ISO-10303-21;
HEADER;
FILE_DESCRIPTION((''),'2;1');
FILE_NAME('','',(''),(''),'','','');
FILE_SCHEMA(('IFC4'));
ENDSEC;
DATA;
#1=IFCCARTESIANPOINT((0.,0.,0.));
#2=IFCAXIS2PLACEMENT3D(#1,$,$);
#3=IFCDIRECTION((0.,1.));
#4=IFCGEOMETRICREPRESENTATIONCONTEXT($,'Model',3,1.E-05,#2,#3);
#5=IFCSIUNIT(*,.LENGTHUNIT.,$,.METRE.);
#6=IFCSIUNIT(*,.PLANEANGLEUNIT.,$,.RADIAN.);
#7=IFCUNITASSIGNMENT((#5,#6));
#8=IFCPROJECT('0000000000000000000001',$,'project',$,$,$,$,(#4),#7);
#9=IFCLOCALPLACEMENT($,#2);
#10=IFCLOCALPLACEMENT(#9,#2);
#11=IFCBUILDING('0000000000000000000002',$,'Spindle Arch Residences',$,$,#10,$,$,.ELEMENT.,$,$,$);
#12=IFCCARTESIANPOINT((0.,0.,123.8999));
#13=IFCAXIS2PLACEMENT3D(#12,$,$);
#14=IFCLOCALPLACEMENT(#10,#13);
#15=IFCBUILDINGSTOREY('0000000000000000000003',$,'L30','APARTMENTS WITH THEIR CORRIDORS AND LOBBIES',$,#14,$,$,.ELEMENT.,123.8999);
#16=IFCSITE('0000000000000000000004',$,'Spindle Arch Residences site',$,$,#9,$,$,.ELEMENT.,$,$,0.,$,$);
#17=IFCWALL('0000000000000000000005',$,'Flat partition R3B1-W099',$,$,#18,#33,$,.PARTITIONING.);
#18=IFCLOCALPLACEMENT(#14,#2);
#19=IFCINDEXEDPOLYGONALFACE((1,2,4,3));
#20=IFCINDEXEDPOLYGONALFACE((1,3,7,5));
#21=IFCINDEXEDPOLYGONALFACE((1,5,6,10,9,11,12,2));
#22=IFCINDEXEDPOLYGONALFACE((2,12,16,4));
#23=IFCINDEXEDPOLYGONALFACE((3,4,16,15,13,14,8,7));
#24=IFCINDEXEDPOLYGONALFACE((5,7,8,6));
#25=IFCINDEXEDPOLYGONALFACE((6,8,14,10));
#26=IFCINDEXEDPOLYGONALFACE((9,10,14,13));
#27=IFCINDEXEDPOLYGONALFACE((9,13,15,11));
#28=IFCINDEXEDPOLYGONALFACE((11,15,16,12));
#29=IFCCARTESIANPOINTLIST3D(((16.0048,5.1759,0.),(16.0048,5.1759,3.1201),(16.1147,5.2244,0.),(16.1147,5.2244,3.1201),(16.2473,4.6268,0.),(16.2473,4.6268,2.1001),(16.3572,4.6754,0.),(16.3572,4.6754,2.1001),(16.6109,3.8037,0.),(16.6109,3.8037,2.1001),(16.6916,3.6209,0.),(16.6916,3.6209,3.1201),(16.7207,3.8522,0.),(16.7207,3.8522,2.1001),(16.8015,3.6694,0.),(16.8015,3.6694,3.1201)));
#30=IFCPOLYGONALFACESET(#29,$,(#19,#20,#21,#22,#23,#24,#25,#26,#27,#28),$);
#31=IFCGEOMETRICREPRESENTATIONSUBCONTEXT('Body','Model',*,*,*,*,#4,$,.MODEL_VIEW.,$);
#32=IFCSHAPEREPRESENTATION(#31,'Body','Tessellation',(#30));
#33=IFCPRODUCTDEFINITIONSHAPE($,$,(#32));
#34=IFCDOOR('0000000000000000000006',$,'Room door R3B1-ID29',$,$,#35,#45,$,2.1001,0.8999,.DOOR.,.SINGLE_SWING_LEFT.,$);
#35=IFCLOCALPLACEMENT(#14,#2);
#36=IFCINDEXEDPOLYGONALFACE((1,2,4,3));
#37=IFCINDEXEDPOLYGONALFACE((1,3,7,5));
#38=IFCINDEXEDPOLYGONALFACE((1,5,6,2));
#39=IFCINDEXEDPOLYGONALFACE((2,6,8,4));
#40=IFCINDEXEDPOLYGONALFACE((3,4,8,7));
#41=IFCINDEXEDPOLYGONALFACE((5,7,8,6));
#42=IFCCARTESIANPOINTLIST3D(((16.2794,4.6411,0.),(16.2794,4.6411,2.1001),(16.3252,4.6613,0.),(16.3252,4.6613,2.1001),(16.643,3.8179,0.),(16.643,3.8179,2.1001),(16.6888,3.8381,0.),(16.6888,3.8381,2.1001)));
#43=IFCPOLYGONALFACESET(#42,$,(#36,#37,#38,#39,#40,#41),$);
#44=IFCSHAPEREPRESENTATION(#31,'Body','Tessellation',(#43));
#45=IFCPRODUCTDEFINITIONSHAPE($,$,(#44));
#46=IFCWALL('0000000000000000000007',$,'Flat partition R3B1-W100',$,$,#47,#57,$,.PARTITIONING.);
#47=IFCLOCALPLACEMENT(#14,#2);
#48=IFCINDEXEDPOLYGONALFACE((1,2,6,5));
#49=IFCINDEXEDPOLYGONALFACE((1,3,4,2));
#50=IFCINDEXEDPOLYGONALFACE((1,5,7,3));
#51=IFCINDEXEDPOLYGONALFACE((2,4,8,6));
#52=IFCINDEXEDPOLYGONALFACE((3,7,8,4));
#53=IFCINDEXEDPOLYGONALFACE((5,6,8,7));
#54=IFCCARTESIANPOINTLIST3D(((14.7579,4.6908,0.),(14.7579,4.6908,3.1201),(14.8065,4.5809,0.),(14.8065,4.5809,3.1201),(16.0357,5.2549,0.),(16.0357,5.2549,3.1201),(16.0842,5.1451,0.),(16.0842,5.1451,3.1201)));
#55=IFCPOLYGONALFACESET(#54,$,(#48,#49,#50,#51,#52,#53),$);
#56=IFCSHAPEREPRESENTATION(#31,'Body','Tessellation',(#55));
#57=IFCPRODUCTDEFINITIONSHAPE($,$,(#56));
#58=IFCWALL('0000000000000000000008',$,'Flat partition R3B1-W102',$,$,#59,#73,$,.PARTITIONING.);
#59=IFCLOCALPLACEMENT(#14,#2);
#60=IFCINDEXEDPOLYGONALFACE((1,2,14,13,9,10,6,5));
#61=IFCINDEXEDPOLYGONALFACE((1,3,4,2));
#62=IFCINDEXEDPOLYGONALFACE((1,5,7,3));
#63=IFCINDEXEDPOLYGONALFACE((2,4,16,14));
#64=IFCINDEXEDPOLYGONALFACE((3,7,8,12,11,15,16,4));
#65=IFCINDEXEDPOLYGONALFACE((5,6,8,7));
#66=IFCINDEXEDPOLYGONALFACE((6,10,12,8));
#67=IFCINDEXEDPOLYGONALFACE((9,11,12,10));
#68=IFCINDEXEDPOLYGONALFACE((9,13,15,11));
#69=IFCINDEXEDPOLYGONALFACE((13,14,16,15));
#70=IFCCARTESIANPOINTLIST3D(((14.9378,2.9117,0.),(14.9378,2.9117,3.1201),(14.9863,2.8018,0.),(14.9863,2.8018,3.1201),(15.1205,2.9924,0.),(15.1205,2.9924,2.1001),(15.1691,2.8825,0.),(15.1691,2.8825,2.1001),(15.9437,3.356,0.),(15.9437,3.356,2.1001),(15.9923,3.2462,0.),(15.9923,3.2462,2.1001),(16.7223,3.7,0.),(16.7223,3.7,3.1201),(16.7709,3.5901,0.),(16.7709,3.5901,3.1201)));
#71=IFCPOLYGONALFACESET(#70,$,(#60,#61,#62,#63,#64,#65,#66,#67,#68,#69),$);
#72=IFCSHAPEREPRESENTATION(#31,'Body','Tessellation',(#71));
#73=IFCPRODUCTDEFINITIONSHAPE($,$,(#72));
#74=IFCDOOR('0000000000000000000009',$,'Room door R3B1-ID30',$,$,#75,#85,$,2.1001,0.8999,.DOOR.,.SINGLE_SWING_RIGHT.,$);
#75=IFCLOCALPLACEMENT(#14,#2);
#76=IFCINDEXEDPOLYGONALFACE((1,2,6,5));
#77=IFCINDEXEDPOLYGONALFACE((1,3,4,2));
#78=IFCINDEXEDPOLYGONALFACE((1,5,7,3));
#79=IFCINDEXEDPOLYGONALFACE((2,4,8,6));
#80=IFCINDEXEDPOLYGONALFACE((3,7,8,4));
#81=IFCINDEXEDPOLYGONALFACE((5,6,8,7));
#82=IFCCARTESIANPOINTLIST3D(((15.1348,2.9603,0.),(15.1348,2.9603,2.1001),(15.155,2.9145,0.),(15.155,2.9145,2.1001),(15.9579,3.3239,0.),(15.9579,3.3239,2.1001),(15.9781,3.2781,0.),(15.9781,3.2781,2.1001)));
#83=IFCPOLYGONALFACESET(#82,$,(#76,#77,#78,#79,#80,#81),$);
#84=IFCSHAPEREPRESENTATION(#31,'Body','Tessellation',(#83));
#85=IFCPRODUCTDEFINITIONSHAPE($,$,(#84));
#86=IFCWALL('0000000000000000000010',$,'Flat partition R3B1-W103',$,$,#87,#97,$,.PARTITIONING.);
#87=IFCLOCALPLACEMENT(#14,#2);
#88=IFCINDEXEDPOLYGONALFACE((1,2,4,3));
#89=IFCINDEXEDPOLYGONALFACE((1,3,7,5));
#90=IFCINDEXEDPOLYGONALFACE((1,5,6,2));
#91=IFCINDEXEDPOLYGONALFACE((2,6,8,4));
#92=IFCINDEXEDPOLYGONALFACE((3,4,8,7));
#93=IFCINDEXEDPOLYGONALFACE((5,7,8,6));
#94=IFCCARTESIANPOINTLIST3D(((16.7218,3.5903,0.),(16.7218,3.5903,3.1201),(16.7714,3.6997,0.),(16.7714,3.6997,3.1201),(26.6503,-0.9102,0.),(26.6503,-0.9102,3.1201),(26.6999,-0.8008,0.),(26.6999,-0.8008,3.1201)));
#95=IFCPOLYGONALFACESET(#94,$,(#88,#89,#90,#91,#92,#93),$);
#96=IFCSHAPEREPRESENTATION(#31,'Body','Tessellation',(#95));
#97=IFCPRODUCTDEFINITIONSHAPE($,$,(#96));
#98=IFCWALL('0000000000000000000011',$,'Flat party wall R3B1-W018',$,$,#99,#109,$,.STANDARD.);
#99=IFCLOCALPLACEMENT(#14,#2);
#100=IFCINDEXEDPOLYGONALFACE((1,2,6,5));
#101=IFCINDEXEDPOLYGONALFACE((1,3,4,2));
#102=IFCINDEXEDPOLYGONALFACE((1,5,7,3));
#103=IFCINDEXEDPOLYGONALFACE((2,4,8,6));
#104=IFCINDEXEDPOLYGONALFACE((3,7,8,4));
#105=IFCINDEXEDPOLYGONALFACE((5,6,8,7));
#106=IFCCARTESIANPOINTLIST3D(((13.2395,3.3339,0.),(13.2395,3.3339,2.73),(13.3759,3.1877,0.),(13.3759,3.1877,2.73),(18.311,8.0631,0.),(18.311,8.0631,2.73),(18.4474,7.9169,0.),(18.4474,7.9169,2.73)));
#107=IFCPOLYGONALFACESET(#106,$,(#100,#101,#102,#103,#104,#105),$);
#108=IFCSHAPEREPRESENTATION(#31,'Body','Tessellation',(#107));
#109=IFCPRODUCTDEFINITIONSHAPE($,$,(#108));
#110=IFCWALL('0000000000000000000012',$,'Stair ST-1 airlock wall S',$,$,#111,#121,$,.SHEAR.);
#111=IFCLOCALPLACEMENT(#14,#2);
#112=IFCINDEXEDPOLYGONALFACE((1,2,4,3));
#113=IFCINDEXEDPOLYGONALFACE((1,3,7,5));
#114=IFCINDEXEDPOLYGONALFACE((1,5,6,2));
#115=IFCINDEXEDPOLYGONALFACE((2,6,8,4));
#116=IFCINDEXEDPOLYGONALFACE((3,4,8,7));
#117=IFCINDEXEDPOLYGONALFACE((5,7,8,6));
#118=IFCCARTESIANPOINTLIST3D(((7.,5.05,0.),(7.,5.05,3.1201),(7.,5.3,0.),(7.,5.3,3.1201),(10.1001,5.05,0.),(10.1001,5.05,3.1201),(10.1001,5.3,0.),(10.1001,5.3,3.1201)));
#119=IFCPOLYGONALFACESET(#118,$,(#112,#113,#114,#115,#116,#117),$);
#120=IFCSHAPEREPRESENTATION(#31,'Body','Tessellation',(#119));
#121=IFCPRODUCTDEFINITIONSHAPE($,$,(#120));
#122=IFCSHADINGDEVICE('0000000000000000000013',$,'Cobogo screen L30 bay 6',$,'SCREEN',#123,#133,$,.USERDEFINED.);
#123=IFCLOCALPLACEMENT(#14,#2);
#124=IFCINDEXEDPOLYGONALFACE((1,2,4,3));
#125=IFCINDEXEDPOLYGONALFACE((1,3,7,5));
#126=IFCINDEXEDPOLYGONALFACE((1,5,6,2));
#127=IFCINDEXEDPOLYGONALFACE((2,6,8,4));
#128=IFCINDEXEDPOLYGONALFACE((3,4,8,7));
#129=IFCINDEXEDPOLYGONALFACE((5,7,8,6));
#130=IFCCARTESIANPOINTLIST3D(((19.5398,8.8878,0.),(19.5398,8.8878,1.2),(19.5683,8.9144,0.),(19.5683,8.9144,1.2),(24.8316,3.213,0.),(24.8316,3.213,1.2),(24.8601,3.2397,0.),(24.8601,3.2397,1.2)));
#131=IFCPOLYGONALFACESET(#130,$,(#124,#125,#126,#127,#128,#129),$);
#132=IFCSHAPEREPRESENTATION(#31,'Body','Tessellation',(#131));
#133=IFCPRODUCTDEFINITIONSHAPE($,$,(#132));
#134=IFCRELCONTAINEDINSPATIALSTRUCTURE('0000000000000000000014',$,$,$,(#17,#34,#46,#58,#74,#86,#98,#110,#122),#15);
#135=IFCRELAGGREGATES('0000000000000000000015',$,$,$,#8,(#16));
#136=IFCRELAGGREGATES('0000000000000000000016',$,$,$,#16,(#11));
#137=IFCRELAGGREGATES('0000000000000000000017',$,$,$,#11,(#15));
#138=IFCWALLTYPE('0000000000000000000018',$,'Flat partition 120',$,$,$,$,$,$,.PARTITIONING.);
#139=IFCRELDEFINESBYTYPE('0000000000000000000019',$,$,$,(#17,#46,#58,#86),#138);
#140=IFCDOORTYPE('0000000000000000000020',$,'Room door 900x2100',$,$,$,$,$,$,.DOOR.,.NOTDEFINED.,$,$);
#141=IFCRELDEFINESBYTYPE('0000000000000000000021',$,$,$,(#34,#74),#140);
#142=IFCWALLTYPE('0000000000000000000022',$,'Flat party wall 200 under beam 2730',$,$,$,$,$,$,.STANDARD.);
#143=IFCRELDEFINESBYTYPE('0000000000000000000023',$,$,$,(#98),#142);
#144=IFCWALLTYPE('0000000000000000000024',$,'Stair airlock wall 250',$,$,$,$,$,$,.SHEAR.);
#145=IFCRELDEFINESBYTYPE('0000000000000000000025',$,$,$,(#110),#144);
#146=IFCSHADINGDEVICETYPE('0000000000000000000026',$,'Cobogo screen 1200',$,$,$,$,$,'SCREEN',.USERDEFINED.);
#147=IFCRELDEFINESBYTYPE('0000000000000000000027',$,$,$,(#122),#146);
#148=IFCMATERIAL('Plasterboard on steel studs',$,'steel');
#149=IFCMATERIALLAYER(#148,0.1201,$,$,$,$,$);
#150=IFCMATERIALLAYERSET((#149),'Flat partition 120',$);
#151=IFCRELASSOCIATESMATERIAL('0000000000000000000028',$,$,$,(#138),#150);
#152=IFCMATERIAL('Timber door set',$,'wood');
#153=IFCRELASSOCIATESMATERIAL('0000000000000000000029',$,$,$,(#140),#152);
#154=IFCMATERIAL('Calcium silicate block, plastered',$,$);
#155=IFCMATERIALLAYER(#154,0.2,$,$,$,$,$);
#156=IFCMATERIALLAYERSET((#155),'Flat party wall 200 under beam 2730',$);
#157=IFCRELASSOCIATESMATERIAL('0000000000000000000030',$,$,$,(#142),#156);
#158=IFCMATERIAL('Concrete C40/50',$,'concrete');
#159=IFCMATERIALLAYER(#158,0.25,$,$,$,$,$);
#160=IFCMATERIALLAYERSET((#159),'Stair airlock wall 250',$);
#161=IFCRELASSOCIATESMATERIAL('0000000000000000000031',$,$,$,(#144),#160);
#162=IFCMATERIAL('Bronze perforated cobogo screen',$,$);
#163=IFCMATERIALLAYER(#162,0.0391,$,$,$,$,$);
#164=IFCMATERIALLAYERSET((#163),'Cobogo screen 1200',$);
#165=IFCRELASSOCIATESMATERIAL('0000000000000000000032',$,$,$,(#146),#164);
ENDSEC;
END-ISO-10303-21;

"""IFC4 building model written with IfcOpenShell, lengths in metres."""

from ifc_helpers import new_model, si_unit, direction, frame, frame_2d, origin, origin_2d, place, context, subcontext, project, spatial, rectangle, extrude, material, layer, layer_set, type_object, element, fill, save


model = new_model("IFC4")

# Units and contexts
model_context = context("Model", 3, precision=1e-05, world=origin(), true_north=direction((0.0, 1.0)))
body_context = subcontext(model_context, "Body", "Model", "MODEL_VIEW")
ifc_project = project(units=[si_unit("LENGTHUNIT", "METRE"), si_unit("PLANEANGLEUNIT", "RADIAN")], contexts=[model_context])

# Site, building, storey
site_placement = place(None, origin())
site = spatial("IfcSite", under=ifc_project, at=site_placement, Name="Spindle Arch Residences site", CompositionType="ELEMENT", RefElevation=0.0)
building_placement = place(site_placement, origin())
building = spatial("IfcBuilding", under=site, at=building_placement, Name="Spindle Arch Residences", CompositionType="ELEMENT")
storey_placement = place(building_placement, frame((0.0, 0.0, 123.8999)))
storey = spatial("IfcBuildingStorey", under=building, at=storey_placement, Name="L30", Description="APARTMENTS WITH THEIR CORRIDORS AND LOBBIES", CompositionType="ELEMENT", Elevation=123.8999)

# Shared definitions
ifc_material_1 = material(Name="Plasterboard on steel studs", Category="steel")
ifc_layer_1 = layer(ifc_material_1, 0.1201)
ifc_layer_set_1 = layer_set([ifc_layer_1], Name="Flat partition 120")
wall_type_1 = type_object("IfcWallType", Name="Flat partition 120", PredefinedType="PARTITIONING", material=ifc_layer_set_1)
ifc_material_2 = material(Name="Timber door set", Category="wood")
door_type_1 = type_object("IfcDoorType", Name="Room door 900x2100", OperationType="NOTDEFINED", PredefinedType="DOOR", material=ifc_material_2)

# Wall, opening, door
wall_1_placement = place(storey_placement, frame((16.7466, 3.645, 0.0), z_axis=(0.0, 0.0, 1.0), x_axis=(-0.404019, 0.914751, 0.0)))
wall_1 = element("IfcWall", 1, at=wall_1_placement, inside=storey, type_object=wall_type_1, Name="Flat partition R3B1-W099", PredefinedType="PARTITIONING", context=body_context, shape_type="SweptSolid", body=[
    extrude(rectangle(XDim=1.7, YDim=0.1201, at=frame_2d((0.8501, 0.0))), origin(), (0.0, 0.0, 1.0), 3.1201),
])
opening_1_placement = place(wall_1_placement, frame((0.2, 0.0, 0.0)))
opening_1 = element("IfcOpeningElement", 2, at=opening_1_placement, cuts=wall_1, PredefinedType="OPENING", context=body_context, shape_type="SweptSolid", body=[
    extrude(rectangle(XDim=0.8999, YDim=2.1001, at=frame_2d((0.45, 1.05))), frame((0.0, 0.0701, 0.0), z_axis=(0.0, -1.0, 0.0), x_axis=(1.0, 0.0, 0.0)), (0.0, 0.0, 1.0), 0.1401),
])
door_1_placement = place(opening_1_placement, origin())
door_1 = element("IfcDoor", 3, at=door_1_placement, inside=storey, type_object=door_type_1, Name="Room door R3B1-ID29", OperationType="SINGLE_SWING_LEFT", OverallHeight=2.1001, OverallWidth=0.8999, PredefinedType="DOOR", context=body_context, shape_type="SweptSolid", body=[
    extrude(rectangle(XDim=0.8999, YDim=2.1001, at=frame_2d((0.45, 1.05))), frame((0.0, 0.0249, 0.0), z_axis=(0.0, -1.0, 0.0), x_axis=(1.0, 0.0, 0.0)), (0.0, 0.0, 1.0), 0.05),
])
fill(opening_1, door_1)

# Wall
wall_2_placement = place(storey_placement, frame((16.0598, 5.2, 0.0), z_axis=(0.0, 0.0, 1.0), x_axis=(-0.914796, -0.403916, 0.0)))
element("IfcWall", 4, at=wall_2_placement, inside=storey, type_object=wall_type_1, Name="Flat partition R3B1-W100", PredefinedType="PARTITIONING", context=body_context, shape_type="SweptSolid", body=[
    extrude(rectangle(XDim=1.3967, YDim=0.1201, at=frame_2d((0.6982, 0.0))), origin(), (0.0, 0.0, 1.0), 3.1201),
])

# Wall, opening, door
wall_3_placement = place(storey_placement, frame((14.9619, 2.8567, 0.0), z_axis=(0.0, 0.0, 1.0), x_axis=(0.914733, 0.404059, 0.0)))
wall_3 = element("IfcWall", 5, at=wall_3_placement, inside=storey, type_object=wall_type_1, Name="Flat partition R3B1-W102", PredefinedType="PARTITIONING", context=body_context, shape_type="SweptSolid", body=[
    extrude(rectangle(XDim=1.9509, YDim=0.1201, at=frame_2d((0.9756, 0.0))), origin(), (0.0, 0.0, 1.0), 3.1201),
])
opening_2_placement = place(wall_3_placement, frame((0.2, 0.0, 0.0)))
opening_2 = element("IfcOpeningElement", 6, at=opening_2_placement, cuts=wall_3, PredefinedType="OPENING", context=body_context, shape_type="SweptSolid", body=[
    extrude(rectangle(XDim=0.8999, YDim=2.1001, at=frame_2d((0.45, 1.05))), frame((0.0, 0.0701, 0.0), z_axis=(0.0, -1.0, 0.0), x_axis=(1.0, 0.0, 0.0)), (0.0, 0.0, 1.0), 0.1401),
])
door_2_placement = place(opening_2_placement, origin())
door_2 = element("IfcDoor", 7, at=door_2_placement, inside=storey, type_object=door_type_1, Name="Room door R3B1-ID30", OperationType="SINGLE_SWING_RIGHT", OverallHeight=2.1001, OverallWidth=0.8999, PredefinedType="DOOR", context=body_context, shape_type="SweptSolid", body=[
    extrude(rectangle(XDim=0.8999, YDim=2.1001, at=frame_2d((0.45, 1.05))), frame((0.0, 0.0249, 0.0), z_axis=(0.0, -1.0, 0.0), x_axis=(1.0, 0.0, 0.0)), (0.0, 0.0, 1.0), 0.05),
])
fill(opening_2, door_2)

# Walls
wall_4_placement = place(storey_placement, frame((16.7466, 3.645, 0.0), z_axis=(0.0, 0.0, 1.0), x_axis=(0.910796, -0.412856, 0.0)))
element("IfcWall", 8, at=wall_4_placement, inside=storey, type_object=wall_type_1, Name="Flat partition R3B1-W103", PredefinedType="PARTITIONING", context=body_context, shape_type="SweptSolid", body=[
    extrude(rectangle(XDim=10.9009, YDim=0.1201, at=frame_2d((5.4504, 0.0))), origin(), (0.0, 0.0, 1.0), 3.1201),
])
ifc_material_3 = material(Name="Calcium silicate block, plastered")
ifc_layer_2 = layer(ifc_material_3, 0.2)
ifc_layer_set_2 = layer_set([ifc_layer_2], Name="Flat party wall 200 under beam 2730")
wall_type_2 = type_object("IfcWallType", Name="Flat party wall 200 under beam 2730", PredefinedType="STANDARD", material=ifc_layer_set_2)
wall_5_placement = place(storey_placement, frame((13.3076, 3.2607, 0.0), z_axis=(0.0, 0.0, 1.0), x_axis=(0.731356, 0.681996, 0.0)))
element("IfcWall", 9, at=wall_5_placement, inside=storey, type_object=wall_type_2, Name="Flat party wall R3B1-W018", PredefinedType="STANDARD", context=body_context, shape_type="SweptSolid", body=[
    extrude(rectangle(XDim=6.9343, YDim=0.2, at=frame_2d((3.4673, 0.0))), origin(), (0.0, 0.0, 1.0), 2.73),
])

# Wall
ifc_material_4 = material(Name="Concrete C40/50", Category="concrete")
ifc_layer_3 = layer(ifc_material_4, 0.25)
ifc_layer_set_3 = layer_set([ifc_layer_3], Name="Stair airlock wall 250")
wall_type_3 = type_object("IfcWallType", Name="Stair airlock wall 250", PredefinedType="SHEAR", material=ifc_layer_set_3)
wall_6_placement = place(storey_placement, frame((7.0, 5.175, 0.0), z_axis=(0.0, 0.0, 1.0), x_axis=(1.0, 0.0, 0.0)))
element("IfcWall", 10, at=wall_6_placement, inside=storey, type_object=wall_type_3, Name="Stair ST-1 airlock wall S", PredefinedType="SHEAR", context=body_context, shape_type="SweptSolid", body=[
    extrude(rectangle(XDim=3.1001, YDim=0.25, at=frame_2d((1.55, 0.0))), origin(), (0.0, 0.0, 1.0), 3.1201),
])

# Shading device
ifc_material_5 = material(Name="Bronze perforated cobogo screen")
ifc_layer_4 = layer(ifc_material_5, 0.0391)
ifc_layer_set_4 = layer_set([ifc_layer_4], Name="Cobogo screen 1200")
shading_device_type = type_object("IfcShadingDeviceType", Name="Cobogo screen 1200", ElementType="SCREEN", PredefinedType="USERDEFINED", material=ifc_layer_set_4)
shading_device_placement = place(storey_placement, frame((22.2, 6.0637, 0.0), z_axis=(0.0, 0.0, 1.0), x_axis=(-0.681998, 0.731354, 0.0)))
element("IfcShadingDevice", 11, at=shading_device_placement, inside=storey, type_object=shading_device_type, Name="Cobogo screen L30 bay 6", ObjectType="SCREEN", PredefinedType="USERDEFINED", context=body_context, shape_type="SweptSolid", body=[
    extrude(rectangle(XDim=7.7593, YDim=0.0391, at=origin_2d()), origin(), (0.0, 0.0, 1.0), 1.2),
])

save(model, "model.ifc")
